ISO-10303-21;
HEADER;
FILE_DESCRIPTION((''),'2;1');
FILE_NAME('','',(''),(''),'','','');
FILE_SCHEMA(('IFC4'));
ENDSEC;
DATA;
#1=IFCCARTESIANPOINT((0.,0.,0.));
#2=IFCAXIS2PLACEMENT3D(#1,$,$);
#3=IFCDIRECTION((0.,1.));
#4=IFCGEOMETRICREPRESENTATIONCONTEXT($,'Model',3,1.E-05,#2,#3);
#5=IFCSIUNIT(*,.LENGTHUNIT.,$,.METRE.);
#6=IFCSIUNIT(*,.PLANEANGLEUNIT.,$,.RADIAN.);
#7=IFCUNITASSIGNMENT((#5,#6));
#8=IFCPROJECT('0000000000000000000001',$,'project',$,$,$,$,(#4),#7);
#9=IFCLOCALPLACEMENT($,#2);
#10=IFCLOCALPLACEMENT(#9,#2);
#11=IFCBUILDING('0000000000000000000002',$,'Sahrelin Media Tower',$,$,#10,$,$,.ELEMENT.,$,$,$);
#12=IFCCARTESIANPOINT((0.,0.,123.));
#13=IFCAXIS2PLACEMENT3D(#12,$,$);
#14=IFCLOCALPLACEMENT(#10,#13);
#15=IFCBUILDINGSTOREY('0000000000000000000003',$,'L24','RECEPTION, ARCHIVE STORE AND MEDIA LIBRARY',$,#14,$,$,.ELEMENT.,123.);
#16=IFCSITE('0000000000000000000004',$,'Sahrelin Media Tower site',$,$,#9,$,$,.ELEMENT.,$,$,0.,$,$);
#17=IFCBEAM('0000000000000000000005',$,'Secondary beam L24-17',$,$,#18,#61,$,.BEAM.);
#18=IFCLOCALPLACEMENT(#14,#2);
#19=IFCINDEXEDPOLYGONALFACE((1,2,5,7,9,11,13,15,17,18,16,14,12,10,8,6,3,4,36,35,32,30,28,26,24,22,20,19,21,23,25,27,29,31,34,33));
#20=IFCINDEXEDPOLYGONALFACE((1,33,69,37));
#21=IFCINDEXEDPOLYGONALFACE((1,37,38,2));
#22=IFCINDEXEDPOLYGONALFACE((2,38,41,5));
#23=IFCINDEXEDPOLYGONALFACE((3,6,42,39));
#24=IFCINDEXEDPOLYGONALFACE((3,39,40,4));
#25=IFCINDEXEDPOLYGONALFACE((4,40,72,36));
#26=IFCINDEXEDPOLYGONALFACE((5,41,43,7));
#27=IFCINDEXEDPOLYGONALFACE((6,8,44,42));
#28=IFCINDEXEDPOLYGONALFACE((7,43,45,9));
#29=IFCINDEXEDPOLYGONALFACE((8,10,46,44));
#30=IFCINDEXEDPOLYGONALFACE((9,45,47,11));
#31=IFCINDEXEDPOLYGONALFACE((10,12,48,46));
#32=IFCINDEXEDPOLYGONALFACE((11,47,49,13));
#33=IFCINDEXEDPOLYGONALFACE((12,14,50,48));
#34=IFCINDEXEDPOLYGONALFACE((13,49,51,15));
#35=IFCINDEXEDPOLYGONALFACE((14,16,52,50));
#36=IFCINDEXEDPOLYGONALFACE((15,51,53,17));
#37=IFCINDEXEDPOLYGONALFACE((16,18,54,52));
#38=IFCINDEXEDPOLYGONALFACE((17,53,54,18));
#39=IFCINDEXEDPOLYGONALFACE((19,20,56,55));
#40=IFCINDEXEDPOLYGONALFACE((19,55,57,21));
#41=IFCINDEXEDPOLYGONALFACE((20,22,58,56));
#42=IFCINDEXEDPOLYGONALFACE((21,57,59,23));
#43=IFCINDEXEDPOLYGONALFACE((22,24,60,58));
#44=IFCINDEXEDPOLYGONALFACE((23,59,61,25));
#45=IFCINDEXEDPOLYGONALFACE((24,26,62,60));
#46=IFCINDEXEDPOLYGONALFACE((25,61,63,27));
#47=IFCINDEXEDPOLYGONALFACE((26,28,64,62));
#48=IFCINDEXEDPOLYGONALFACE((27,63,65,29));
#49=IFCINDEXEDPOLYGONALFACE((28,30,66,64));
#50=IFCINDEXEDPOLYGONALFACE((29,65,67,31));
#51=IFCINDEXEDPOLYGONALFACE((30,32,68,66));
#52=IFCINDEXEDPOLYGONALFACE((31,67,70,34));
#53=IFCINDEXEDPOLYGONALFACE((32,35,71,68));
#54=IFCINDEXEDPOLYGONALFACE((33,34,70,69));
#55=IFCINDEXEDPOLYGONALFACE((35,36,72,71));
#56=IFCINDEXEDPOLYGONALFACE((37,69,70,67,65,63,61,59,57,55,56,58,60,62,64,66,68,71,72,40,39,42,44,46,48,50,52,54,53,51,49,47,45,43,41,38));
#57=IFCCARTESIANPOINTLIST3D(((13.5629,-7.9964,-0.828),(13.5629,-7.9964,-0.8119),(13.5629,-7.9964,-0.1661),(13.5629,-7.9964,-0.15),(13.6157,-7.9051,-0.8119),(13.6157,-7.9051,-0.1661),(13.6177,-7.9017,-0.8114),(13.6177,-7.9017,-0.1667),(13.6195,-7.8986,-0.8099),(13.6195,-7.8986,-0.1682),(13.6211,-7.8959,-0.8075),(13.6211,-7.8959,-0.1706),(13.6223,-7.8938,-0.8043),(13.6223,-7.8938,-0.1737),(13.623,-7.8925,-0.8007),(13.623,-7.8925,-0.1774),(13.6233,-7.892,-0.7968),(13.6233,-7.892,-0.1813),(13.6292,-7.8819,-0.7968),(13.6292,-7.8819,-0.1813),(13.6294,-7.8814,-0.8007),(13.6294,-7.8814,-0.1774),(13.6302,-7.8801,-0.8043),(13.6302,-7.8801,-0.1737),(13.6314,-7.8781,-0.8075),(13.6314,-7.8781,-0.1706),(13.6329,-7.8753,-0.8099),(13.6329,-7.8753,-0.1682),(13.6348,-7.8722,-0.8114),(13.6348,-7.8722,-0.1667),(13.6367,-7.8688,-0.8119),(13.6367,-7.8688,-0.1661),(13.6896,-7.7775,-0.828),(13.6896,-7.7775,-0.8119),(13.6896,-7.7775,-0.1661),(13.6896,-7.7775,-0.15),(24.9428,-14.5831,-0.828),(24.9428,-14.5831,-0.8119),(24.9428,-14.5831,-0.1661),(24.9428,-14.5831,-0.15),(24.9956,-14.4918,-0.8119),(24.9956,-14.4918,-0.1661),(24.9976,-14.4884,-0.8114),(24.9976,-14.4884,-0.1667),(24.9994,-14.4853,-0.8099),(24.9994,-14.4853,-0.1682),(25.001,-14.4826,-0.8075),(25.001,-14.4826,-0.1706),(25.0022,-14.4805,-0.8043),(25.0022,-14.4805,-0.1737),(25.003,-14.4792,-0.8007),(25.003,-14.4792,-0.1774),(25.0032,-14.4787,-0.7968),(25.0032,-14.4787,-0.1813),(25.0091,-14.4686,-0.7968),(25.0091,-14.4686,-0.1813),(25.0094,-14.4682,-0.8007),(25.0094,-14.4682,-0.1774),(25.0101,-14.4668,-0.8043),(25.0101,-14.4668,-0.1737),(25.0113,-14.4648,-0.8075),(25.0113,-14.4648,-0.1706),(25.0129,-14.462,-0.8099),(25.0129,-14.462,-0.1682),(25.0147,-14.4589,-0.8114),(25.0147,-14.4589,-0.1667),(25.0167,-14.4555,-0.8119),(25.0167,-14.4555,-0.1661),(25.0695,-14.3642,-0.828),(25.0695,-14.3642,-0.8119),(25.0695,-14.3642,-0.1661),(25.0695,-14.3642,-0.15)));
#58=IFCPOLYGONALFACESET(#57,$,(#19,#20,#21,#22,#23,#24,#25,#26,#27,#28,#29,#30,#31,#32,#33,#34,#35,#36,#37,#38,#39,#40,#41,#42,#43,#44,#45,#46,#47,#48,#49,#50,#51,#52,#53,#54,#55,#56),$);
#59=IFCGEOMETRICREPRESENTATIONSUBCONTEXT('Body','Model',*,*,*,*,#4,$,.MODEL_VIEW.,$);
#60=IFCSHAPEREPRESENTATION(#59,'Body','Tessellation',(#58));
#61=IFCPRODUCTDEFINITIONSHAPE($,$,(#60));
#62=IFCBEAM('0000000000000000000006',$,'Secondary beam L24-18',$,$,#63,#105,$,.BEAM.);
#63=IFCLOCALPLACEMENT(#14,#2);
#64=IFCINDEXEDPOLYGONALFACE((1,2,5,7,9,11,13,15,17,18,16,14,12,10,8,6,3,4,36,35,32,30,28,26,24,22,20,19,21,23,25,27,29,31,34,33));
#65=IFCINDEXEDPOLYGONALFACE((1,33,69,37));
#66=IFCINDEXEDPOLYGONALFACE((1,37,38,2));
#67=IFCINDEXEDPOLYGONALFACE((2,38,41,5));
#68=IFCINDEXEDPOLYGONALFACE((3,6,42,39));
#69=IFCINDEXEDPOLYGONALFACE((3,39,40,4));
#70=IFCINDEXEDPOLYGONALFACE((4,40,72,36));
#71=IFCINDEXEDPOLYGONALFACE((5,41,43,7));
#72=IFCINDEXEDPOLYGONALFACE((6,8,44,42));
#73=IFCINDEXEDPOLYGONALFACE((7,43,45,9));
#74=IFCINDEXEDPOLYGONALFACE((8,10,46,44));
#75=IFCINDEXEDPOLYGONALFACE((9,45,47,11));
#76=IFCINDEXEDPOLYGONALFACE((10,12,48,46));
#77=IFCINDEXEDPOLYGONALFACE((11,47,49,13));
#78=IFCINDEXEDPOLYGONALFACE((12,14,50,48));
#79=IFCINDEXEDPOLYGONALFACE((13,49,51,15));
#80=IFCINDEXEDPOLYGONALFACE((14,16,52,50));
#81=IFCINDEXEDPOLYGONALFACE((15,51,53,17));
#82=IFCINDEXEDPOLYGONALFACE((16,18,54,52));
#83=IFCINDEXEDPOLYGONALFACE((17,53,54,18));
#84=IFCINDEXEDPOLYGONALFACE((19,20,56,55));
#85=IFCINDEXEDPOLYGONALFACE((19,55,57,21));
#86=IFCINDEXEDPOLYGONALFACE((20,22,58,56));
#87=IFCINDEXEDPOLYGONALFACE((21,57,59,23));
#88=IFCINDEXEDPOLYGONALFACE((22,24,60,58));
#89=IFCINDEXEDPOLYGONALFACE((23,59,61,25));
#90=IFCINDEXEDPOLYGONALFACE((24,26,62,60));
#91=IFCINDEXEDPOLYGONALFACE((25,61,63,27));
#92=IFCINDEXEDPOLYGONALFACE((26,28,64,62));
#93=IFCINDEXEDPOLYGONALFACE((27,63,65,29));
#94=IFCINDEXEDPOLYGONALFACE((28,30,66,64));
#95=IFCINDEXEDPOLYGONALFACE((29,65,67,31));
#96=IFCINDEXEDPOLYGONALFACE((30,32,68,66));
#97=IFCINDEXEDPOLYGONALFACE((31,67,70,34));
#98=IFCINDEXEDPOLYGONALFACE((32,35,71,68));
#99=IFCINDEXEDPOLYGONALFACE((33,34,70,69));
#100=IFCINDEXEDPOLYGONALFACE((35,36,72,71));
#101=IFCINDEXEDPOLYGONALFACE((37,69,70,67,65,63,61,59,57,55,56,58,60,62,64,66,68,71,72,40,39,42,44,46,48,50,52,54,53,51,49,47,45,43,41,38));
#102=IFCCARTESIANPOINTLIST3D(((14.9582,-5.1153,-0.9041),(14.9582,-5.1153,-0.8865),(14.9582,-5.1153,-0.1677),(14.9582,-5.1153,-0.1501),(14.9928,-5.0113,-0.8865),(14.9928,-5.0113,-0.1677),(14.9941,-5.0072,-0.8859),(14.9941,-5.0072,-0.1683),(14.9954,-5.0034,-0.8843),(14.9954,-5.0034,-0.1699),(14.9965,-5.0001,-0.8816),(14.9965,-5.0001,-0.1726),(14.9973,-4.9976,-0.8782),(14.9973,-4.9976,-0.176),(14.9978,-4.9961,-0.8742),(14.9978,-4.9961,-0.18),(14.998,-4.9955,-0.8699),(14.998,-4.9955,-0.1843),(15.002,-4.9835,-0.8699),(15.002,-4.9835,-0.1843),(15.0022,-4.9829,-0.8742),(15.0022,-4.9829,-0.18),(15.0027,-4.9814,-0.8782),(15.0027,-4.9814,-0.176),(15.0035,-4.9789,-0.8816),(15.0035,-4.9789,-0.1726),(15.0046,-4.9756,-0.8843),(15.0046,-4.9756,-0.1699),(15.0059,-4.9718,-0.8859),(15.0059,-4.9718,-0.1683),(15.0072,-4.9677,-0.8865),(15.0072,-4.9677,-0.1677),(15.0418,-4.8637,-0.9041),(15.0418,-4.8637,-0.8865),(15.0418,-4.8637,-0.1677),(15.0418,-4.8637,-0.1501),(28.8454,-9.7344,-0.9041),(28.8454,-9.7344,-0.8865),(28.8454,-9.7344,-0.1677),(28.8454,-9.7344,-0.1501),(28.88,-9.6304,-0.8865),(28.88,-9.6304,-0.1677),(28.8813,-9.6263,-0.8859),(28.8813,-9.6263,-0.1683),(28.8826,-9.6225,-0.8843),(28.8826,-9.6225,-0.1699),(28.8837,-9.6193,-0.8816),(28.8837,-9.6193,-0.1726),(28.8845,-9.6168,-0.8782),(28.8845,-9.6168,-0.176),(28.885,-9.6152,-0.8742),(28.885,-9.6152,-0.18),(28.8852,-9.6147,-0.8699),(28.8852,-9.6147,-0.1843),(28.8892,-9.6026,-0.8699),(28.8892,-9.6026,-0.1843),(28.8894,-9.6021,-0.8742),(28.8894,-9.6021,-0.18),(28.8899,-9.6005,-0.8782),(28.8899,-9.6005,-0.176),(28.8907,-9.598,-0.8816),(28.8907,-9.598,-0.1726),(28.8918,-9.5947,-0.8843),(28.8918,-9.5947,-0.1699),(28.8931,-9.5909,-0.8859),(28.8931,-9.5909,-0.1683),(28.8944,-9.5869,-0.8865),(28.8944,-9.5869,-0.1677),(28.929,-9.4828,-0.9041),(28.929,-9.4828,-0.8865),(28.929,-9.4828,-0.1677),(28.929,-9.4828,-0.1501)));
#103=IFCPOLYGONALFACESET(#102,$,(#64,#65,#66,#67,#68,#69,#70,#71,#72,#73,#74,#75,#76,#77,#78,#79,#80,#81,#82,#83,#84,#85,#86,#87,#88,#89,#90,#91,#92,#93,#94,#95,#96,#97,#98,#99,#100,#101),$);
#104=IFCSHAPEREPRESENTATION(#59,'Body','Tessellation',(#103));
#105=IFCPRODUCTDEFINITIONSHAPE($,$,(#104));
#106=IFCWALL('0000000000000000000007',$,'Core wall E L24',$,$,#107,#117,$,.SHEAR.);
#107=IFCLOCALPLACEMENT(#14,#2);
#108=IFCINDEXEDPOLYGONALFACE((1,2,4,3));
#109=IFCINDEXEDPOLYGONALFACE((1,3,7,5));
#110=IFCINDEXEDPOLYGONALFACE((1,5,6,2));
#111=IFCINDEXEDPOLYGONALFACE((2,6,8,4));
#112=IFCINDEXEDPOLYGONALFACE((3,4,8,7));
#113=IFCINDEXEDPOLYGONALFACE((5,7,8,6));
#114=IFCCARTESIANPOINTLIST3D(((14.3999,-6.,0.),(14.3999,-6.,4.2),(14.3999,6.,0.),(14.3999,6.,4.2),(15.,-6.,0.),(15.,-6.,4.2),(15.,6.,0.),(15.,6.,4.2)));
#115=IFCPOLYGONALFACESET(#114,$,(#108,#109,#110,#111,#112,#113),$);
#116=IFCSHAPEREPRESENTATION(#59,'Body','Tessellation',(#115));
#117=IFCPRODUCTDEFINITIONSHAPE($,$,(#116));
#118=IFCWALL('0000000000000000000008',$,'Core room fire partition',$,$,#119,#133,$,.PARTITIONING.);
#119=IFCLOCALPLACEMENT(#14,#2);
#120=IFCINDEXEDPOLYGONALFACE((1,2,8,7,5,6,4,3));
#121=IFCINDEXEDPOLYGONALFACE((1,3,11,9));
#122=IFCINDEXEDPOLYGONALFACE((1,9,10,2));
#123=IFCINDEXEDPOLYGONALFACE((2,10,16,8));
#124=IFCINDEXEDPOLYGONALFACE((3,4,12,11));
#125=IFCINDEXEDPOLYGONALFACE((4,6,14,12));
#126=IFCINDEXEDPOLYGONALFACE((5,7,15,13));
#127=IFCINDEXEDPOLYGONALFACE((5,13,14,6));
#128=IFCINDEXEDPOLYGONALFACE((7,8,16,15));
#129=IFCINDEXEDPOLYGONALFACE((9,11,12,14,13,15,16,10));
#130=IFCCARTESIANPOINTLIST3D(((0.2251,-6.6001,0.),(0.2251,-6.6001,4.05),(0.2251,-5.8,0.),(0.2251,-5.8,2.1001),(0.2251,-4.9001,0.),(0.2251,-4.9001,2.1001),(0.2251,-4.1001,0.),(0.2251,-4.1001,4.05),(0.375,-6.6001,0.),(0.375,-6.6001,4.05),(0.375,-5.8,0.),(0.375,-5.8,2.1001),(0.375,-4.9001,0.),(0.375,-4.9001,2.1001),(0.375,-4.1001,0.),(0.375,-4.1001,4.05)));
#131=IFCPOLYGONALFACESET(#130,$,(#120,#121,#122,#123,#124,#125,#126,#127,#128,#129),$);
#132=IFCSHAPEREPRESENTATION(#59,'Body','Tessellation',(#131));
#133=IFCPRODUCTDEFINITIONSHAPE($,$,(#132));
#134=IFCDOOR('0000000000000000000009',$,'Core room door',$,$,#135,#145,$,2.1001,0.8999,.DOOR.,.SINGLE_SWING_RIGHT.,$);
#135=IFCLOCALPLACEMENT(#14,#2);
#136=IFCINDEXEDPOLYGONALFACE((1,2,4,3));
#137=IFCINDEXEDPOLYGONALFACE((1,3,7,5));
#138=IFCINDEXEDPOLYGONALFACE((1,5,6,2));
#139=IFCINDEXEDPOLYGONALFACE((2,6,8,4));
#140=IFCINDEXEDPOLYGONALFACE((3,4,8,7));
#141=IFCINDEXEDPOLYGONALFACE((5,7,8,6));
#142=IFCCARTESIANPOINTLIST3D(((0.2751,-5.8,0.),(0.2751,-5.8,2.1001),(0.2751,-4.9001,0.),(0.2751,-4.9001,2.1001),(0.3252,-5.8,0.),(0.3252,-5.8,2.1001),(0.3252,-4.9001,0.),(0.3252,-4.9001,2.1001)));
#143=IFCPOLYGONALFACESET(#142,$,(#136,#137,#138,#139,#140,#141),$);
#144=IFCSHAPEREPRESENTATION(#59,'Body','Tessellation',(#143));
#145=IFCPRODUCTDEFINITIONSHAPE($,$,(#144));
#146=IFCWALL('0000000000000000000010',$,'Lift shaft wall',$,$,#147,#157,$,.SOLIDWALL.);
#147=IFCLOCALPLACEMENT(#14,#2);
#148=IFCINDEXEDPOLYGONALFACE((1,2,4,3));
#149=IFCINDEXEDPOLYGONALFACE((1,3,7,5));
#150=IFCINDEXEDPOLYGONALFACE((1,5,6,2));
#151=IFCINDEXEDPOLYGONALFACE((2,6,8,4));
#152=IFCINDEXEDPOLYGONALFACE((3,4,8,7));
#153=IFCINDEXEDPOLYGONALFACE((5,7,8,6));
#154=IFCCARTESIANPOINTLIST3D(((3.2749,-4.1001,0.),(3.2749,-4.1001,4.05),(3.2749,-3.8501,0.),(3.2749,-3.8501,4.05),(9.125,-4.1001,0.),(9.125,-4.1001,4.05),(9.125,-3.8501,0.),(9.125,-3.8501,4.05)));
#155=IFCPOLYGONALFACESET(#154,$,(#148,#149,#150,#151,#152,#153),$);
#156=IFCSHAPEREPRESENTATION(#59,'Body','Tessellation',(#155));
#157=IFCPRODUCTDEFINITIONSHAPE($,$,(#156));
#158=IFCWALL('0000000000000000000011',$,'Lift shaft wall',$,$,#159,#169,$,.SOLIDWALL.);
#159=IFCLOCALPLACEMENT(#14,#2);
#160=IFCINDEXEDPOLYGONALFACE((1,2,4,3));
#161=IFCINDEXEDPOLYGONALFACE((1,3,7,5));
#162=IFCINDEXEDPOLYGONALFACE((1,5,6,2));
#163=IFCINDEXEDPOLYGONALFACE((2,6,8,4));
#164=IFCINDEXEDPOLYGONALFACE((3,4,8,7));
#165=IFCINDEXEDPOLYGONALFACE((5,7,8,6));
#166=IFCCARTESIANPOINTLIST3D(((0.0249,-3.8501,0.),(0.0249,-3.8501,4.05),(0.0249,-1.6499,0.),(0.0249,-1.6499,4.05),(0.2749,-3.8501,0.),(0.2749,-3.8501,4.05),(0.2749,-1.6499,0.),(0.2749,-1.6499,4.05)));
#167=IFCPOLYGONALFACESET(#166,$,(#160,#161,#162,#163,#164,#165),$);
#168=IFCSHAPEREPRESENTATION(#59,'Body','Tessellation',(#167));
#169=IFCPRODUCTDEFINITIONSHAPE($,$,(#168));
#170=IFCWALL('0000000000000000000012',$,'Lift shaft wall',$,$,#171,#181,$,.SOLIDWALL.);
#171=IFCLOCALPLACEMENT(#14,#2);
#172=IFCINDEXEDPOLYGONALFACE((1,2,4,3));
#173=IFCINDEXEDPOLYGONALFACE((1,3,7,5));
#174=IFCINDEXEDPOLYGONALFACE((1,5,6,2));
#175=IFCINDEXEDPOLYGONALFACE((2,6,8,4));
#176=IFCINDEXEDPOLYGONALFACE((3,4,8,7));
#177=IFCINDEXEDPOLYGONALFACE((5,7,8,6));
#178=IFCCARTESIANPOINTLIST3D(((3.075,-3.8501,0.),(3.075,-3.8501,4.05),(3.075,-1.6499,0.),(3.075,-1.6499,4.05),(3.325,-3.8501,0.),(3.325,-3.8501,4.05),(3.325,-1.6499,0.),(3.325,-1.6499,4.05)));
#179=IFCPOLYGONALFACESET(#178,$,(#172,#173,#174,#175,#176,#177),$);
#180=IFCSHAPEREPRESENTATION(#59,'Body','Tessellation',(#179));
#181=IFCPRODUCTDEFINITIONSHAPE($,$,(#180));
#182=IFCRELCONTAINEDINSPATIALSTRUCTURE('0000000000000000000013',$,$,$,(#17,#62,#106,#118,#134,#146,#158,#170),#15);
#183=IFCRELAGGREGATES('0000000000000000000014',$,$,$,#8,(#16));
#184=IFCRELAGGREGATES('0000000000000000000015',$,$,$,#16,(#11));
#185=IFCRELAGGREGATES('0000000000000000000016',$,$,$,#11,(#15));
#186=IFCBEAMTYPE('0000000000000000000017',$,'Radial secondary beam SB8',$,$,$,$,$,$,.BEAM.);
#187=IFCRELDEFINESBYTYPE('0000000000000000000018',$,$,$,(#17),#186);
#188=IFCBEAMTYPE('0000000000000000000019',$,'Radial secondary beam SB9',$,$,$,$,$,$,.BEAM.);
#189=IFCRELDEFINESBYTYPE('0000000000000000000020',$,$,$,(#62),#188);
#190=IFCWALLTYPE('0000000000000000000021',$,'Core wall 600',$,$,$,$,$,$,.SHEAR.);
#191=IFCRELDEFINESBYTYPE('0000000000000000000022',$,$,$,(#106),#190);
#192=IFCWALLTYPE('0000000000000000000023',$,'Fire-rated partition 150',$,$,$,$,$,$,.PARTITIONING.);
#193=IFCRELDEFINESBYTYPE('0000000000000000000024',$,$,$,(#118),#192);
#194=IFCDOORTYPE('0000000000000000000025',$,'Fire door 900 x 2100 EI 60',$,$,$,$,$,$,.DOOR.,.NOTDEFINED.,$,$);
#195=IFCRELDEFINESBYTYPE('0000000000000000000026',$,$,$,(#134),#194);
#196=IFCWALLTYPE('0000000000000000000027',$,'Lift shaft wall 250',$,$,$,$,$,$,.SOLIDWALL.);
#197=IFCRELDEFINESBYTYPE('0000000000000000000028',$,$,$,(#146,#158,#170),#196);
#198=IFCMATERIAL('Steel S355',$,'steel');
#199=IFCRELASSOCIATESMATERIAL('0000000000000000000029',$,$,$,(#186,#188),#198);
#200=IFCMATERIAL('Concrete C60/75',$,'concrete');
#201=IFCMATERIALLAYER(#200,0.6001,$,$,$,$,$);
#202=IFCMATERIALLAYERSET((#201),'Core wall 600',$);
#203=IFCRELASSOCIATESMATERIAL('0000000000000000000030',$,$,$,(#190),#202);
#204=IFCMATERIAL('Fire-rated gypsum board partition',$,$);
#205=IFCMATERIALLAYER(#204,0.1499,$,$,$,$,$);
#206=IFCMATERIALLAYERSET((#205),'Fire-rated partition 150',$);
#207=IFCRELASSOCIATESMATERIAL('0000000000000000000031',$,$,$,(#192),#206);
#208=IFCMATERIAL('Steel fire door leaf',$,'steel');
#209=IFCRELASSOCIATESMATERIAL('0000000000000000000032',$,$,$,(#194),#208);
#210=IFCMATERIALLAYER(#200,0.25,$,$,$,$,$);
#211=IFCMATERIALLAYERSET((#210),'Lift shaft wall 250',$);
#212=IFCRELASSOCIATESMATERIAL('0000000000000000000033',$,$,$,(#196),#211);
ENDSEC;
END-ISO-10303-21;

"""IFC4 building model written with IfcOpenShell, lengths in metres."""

from ifc_helpers import new_model, si_unit, direction, frame, frame_2d, origin, origin_2d, place, context, subcontext, project, spatial, rectangle, i_section, extrude, material, layer, layer_set, material_profile, profile_set, type_object, element, fill, save


model = new_model("IFC4")

# Units and contexts
model_context = context("Model", 3, precision=1e-05, world=origin(), true_north=direction((0.0, 1.0)))
body_context = subcontext(model_context, "Body", "Model", "MODEL_VIEW")
ifc_project = project(units=[si_unit("LENGTHUNIT", "METRE"), si_unit("PLANEANGLEUNIT", "RADIAN")], contexts=[model_context])

# Site, building, storey
site_placement = place(None, origin())
site = spatial("IfcSite", under=ifc_project, at=site_placement, Name="Sahrelin Media Tower site", CompositionType="ELEMENT", RefElevation=0.0)
building_placement = place(site_placement, origin())
building = spatial("IfcBuilding", under=site, at=building_placement, Name="Sahrelin Media Tower", CompositionType="ELEMENT")
storey_placement = place(building_placement, frame((0.0, 0.0, 123.0)))
storey = spatial("IfcBuildingStorey", under=building, at=storey_placement, Name="L24", Description="RECEPTION, ARCHIVE STORE AND MEDIA LIBRARY", CompositionType="ELEMENT", Elevation=123.0)

# Beams
ifc_material_1 = material(Name="Steel S355", Category="steel")
ifc_material_profile_1 = material_profile(ifc_material_1, i_section(OverallWidth=0.2529, OverallDepth=0.678, WebThickness=0.0117, FlangeThickness=0.0161, FilletRadius=0.0151, at=origin_2d()), Name="UB 686x254x125")
ifc_profile_set_1 = profile_set([ifc_material_profile_1], Name="Steel S355")
beam_type_1 = type_object("IfcBeamType", Name="Radial secondary beam SB8", PredefinedType="BEAM", material=ifc_profile_set_1)
beam_1_placement = place(storey_placement, frame((13.6262, -7.887, -0.489), z_axis=(0.865482, -0.50094, 0.0), x_axis=(0.50094, 0.865482, 0.0)))
element("IfcBeam", 1, at=beam_1_placement, inside=storey, type_object=beam_type_1, Name="Secondary beam L24-17", PredefinedType="BEAM", context=body_context, shape_type="SweptSolid", body=[
    extrude(i_section(OverallWidth=0.2529, OverallDepth=0.678, WebThickness=0.0117, FlangeThickness=0.0161, FilletRadius=0.0151, at=origin_2d()), origin(), (0.0, 0.0, 1.0), 13.1487),
])
ifc_material_profile_2 = material_profile(ifc_material_1, i_section(OverallWidth=0.2651, OverallDepth=0.7539, WebThickness=0.0127, FlangeThickness=0.0176, FilletRadius=0.0166, at=origin_2d()), Name="UB 762x267x147")
ifc_profile_set_2 = profile_set([ifc_material_profile_2], Name="Steel S355")
beam_type_2 = type_object("IfcBeamType", Name="Radial secondary beam SB9", PredefinedType="BEAM", material=ifc_profile_set_2)
beam_2_placement = place(storey_placement, frame((15.0, -4.9895, -0.5271), z_axis=(0.948887, -0.315617, 0.0), x_axis=(0.315617, 0.948887, 0.0)))
element("IfcBeam", 2, at=beam_2_placement, inside=storey, type_object=beam_type_2, Name="Secondary beam L24-18", PredefinedType="BEAM", context=body_context, shape_type="SweptSolid", body=[
    extrude(i_section(OverallWidth=0.2651, OverallDepth=0.7539, WebThickness=0.0127, FlangeThickness=0.0176, FilletRadius=0.0166, at=origin_2d()), origin(), (0.0, 0.0, 1.0), 14.6353),
])

# Wall
ifc_material_2 = material(Name="Concrete C60/75", Category="concrete")
ifc_layer_1 = layer(ifc_material_2, 0.6001)
ifc_layer_set_1 = layer_set([ifc_layer_1], Name="Core wall 600")
wall_type_1 = type_object("IfcWallType", Name="Core wall 600", PredefinedType="SHEAR", material=ifc_layer_set_1)
wall_1_placement = place(storey_placement, frame((14.7, -6.0, 0.0), z_axis=(0.0, 0.0, 1.0), x_axis=(0.0, 1.0, 0.0)))
element("IfcWall", 3, at=wall_1_placement, inside=storey, type_object=wall_type_1, Name="Core wall E L24", PredefinedType="SHEAR", context=body_context, shape_type="SweptSolid", body=[
    extrude(rectangle(XDim=12.0, YDim=0.6001, at=frame_2d((6.0, 0.0))), origin(), (0.0, 0.0, 1.0), 4.2),
])

# Wall, opening, door
ifc_material_3 = material(Name="Fire-rated gypsum board partition")
ifc_layer_2 = layer(ifc_material_3, 0.1499)
ifc_layer_set_2 = layer_set([ifc_layer_2], Name="Fire-rated partition 150")
wall_type_2 = type_object("IfcWallType", Name="Fire-rated partition 150", PredefinedType="PARTITIONING", material=ifc_layer_set_2)
wall_2_placement = place(storey_placement, frame((0.3, -6.6001, 0.0), z_axis=(0.0, 0.0, 1.0), x_axis=(0.0, 1.0, 0.0)))
wall_2 = element("IfcWall", 4, at=wall_2_placement, inside=storey, type_object=wall_type_2, Name="Core room fire partition", PredefinedType="PARTITIONING", context=body_context, shape_type="SweptSolid", body=[
    extrude(rectangle(XDim=2.5, YDim=0.1499, at=frame_2d((1.25, 0.0))), origin(), (0.0, 0.0, 1.0), 4.05),
])
opening_1_placement = place(wall_2_placement, frame((0.8, 0.0, 0.0)))
opening_1 = element("IfcOpeningElement", 5, at=opening_1_placement, cuts=wall_2, PredefinedType="OPENING", context=body_context, shape_type="SweptSolid", body=[
    extrude(rectangle(XDim=0.8999, YDim=2.1001, at=frame_2d((0.45, 1.05))), frame((0.0, 0.075, 0.0), z_axis=(0.0, -1.0, 0.0), x_axis=(1.0, 0.0, 0.0)), (0.0, 0.0, 1.0), 0.1499),
])
ifc_material_4 = material(Name="Steel fire door leaf", Category="steel")
door_type_1 = type_object("IfcDoorType", Name="Fire door 900 x 2100 EI 60", OperationType="NOTDEFINED", PredefinedType="DOOR", material=ifc_material_4)
door_1_placement = place(opening_1_placement, origin())
door_1 = element("IfcDoor", 6, at=door_1_placement, inside=storey, type_object=door_type_1, Name="Core room door", OperationType="SINGLE_SWING_RIGHT", OverallHeight=2.1001, OverallWidth=0.8999, PredefinedType="DOOR", context=body_context, shape_type="SweptSolid", body=[
    extrude(rectangle(XDim=0.8999, YDim=2.1001, at=frame_2d((0.45, 1.05))), frame((0.0, 0.0249, 0.0), z_axis=(0.0, -1.0, 0.0), x_axis=(1.0, 0.0, 0.0)), (0.0, 0.0, 1.0), 0.05),
])
fill(opening_1, door_1)

# Walls
ifc_layer_3 = layer(ifc_material_2, 0.25)
ifc_layer_set_3 = layer_set([ifc_layer_3], Name="Lift shaft wall 250")
wall_type_3 = type_object("IfcWallType", Name="Lift shaft wall 250", PredefinedType="SOLIDWALL", material=ifc_layer_set_3)
wall_3_placement = place(storey_placement, frame((3.2749, -3.9751, 0.0), z_axis=(0.0, 0.0, 1.0), x_axis=(1.0, 0.0, 0.0)))
element("IfcWall", 7, at=wall_3_placement, inside=storey, type_object=wall_type_3, Name="Lift shaft wall", PredefinedType="SOLIDWALL", context=body_context, shape_type="SweptSolid", body=[
    extrude(rectangle(XDim=5.8501, YDim=0.25, at=frame_2d((2.925, 0.0))), origin(), (0.0, 0.0, 1.0), 4.05),
])
for number, where, z_axis, x_axis, name in (
    (8, (0.1499, -3.8501, 0.0), (0.0, 0.0, 1.0), (0.0, 1.0, 0.0), "Lift shaft wall"),
    (9, (3.2, -3.8501, 0.0), (0.0, 0.0, 1.0), (0.0, 1.0, 0.0), "Lift shaft wall"),
):
    element("IfcWall", number, at=place(storey_placement, frame(where, z_axis=z_axis, x_axis=x_axis)), inside=storey, type_object=wall_type_3, Name=name, PredefinedType="SOLIDWALL", context=body_context, shape_type="SweptSolid", body=[
        extrude(rectangle(XDim=2.2002, YDim=0.25, at=frame_2d((1.1001, 0.0))), origin(), (0.0, 0.0, 1.0), 4.05),
    ])

save(model, "model.ifc")
